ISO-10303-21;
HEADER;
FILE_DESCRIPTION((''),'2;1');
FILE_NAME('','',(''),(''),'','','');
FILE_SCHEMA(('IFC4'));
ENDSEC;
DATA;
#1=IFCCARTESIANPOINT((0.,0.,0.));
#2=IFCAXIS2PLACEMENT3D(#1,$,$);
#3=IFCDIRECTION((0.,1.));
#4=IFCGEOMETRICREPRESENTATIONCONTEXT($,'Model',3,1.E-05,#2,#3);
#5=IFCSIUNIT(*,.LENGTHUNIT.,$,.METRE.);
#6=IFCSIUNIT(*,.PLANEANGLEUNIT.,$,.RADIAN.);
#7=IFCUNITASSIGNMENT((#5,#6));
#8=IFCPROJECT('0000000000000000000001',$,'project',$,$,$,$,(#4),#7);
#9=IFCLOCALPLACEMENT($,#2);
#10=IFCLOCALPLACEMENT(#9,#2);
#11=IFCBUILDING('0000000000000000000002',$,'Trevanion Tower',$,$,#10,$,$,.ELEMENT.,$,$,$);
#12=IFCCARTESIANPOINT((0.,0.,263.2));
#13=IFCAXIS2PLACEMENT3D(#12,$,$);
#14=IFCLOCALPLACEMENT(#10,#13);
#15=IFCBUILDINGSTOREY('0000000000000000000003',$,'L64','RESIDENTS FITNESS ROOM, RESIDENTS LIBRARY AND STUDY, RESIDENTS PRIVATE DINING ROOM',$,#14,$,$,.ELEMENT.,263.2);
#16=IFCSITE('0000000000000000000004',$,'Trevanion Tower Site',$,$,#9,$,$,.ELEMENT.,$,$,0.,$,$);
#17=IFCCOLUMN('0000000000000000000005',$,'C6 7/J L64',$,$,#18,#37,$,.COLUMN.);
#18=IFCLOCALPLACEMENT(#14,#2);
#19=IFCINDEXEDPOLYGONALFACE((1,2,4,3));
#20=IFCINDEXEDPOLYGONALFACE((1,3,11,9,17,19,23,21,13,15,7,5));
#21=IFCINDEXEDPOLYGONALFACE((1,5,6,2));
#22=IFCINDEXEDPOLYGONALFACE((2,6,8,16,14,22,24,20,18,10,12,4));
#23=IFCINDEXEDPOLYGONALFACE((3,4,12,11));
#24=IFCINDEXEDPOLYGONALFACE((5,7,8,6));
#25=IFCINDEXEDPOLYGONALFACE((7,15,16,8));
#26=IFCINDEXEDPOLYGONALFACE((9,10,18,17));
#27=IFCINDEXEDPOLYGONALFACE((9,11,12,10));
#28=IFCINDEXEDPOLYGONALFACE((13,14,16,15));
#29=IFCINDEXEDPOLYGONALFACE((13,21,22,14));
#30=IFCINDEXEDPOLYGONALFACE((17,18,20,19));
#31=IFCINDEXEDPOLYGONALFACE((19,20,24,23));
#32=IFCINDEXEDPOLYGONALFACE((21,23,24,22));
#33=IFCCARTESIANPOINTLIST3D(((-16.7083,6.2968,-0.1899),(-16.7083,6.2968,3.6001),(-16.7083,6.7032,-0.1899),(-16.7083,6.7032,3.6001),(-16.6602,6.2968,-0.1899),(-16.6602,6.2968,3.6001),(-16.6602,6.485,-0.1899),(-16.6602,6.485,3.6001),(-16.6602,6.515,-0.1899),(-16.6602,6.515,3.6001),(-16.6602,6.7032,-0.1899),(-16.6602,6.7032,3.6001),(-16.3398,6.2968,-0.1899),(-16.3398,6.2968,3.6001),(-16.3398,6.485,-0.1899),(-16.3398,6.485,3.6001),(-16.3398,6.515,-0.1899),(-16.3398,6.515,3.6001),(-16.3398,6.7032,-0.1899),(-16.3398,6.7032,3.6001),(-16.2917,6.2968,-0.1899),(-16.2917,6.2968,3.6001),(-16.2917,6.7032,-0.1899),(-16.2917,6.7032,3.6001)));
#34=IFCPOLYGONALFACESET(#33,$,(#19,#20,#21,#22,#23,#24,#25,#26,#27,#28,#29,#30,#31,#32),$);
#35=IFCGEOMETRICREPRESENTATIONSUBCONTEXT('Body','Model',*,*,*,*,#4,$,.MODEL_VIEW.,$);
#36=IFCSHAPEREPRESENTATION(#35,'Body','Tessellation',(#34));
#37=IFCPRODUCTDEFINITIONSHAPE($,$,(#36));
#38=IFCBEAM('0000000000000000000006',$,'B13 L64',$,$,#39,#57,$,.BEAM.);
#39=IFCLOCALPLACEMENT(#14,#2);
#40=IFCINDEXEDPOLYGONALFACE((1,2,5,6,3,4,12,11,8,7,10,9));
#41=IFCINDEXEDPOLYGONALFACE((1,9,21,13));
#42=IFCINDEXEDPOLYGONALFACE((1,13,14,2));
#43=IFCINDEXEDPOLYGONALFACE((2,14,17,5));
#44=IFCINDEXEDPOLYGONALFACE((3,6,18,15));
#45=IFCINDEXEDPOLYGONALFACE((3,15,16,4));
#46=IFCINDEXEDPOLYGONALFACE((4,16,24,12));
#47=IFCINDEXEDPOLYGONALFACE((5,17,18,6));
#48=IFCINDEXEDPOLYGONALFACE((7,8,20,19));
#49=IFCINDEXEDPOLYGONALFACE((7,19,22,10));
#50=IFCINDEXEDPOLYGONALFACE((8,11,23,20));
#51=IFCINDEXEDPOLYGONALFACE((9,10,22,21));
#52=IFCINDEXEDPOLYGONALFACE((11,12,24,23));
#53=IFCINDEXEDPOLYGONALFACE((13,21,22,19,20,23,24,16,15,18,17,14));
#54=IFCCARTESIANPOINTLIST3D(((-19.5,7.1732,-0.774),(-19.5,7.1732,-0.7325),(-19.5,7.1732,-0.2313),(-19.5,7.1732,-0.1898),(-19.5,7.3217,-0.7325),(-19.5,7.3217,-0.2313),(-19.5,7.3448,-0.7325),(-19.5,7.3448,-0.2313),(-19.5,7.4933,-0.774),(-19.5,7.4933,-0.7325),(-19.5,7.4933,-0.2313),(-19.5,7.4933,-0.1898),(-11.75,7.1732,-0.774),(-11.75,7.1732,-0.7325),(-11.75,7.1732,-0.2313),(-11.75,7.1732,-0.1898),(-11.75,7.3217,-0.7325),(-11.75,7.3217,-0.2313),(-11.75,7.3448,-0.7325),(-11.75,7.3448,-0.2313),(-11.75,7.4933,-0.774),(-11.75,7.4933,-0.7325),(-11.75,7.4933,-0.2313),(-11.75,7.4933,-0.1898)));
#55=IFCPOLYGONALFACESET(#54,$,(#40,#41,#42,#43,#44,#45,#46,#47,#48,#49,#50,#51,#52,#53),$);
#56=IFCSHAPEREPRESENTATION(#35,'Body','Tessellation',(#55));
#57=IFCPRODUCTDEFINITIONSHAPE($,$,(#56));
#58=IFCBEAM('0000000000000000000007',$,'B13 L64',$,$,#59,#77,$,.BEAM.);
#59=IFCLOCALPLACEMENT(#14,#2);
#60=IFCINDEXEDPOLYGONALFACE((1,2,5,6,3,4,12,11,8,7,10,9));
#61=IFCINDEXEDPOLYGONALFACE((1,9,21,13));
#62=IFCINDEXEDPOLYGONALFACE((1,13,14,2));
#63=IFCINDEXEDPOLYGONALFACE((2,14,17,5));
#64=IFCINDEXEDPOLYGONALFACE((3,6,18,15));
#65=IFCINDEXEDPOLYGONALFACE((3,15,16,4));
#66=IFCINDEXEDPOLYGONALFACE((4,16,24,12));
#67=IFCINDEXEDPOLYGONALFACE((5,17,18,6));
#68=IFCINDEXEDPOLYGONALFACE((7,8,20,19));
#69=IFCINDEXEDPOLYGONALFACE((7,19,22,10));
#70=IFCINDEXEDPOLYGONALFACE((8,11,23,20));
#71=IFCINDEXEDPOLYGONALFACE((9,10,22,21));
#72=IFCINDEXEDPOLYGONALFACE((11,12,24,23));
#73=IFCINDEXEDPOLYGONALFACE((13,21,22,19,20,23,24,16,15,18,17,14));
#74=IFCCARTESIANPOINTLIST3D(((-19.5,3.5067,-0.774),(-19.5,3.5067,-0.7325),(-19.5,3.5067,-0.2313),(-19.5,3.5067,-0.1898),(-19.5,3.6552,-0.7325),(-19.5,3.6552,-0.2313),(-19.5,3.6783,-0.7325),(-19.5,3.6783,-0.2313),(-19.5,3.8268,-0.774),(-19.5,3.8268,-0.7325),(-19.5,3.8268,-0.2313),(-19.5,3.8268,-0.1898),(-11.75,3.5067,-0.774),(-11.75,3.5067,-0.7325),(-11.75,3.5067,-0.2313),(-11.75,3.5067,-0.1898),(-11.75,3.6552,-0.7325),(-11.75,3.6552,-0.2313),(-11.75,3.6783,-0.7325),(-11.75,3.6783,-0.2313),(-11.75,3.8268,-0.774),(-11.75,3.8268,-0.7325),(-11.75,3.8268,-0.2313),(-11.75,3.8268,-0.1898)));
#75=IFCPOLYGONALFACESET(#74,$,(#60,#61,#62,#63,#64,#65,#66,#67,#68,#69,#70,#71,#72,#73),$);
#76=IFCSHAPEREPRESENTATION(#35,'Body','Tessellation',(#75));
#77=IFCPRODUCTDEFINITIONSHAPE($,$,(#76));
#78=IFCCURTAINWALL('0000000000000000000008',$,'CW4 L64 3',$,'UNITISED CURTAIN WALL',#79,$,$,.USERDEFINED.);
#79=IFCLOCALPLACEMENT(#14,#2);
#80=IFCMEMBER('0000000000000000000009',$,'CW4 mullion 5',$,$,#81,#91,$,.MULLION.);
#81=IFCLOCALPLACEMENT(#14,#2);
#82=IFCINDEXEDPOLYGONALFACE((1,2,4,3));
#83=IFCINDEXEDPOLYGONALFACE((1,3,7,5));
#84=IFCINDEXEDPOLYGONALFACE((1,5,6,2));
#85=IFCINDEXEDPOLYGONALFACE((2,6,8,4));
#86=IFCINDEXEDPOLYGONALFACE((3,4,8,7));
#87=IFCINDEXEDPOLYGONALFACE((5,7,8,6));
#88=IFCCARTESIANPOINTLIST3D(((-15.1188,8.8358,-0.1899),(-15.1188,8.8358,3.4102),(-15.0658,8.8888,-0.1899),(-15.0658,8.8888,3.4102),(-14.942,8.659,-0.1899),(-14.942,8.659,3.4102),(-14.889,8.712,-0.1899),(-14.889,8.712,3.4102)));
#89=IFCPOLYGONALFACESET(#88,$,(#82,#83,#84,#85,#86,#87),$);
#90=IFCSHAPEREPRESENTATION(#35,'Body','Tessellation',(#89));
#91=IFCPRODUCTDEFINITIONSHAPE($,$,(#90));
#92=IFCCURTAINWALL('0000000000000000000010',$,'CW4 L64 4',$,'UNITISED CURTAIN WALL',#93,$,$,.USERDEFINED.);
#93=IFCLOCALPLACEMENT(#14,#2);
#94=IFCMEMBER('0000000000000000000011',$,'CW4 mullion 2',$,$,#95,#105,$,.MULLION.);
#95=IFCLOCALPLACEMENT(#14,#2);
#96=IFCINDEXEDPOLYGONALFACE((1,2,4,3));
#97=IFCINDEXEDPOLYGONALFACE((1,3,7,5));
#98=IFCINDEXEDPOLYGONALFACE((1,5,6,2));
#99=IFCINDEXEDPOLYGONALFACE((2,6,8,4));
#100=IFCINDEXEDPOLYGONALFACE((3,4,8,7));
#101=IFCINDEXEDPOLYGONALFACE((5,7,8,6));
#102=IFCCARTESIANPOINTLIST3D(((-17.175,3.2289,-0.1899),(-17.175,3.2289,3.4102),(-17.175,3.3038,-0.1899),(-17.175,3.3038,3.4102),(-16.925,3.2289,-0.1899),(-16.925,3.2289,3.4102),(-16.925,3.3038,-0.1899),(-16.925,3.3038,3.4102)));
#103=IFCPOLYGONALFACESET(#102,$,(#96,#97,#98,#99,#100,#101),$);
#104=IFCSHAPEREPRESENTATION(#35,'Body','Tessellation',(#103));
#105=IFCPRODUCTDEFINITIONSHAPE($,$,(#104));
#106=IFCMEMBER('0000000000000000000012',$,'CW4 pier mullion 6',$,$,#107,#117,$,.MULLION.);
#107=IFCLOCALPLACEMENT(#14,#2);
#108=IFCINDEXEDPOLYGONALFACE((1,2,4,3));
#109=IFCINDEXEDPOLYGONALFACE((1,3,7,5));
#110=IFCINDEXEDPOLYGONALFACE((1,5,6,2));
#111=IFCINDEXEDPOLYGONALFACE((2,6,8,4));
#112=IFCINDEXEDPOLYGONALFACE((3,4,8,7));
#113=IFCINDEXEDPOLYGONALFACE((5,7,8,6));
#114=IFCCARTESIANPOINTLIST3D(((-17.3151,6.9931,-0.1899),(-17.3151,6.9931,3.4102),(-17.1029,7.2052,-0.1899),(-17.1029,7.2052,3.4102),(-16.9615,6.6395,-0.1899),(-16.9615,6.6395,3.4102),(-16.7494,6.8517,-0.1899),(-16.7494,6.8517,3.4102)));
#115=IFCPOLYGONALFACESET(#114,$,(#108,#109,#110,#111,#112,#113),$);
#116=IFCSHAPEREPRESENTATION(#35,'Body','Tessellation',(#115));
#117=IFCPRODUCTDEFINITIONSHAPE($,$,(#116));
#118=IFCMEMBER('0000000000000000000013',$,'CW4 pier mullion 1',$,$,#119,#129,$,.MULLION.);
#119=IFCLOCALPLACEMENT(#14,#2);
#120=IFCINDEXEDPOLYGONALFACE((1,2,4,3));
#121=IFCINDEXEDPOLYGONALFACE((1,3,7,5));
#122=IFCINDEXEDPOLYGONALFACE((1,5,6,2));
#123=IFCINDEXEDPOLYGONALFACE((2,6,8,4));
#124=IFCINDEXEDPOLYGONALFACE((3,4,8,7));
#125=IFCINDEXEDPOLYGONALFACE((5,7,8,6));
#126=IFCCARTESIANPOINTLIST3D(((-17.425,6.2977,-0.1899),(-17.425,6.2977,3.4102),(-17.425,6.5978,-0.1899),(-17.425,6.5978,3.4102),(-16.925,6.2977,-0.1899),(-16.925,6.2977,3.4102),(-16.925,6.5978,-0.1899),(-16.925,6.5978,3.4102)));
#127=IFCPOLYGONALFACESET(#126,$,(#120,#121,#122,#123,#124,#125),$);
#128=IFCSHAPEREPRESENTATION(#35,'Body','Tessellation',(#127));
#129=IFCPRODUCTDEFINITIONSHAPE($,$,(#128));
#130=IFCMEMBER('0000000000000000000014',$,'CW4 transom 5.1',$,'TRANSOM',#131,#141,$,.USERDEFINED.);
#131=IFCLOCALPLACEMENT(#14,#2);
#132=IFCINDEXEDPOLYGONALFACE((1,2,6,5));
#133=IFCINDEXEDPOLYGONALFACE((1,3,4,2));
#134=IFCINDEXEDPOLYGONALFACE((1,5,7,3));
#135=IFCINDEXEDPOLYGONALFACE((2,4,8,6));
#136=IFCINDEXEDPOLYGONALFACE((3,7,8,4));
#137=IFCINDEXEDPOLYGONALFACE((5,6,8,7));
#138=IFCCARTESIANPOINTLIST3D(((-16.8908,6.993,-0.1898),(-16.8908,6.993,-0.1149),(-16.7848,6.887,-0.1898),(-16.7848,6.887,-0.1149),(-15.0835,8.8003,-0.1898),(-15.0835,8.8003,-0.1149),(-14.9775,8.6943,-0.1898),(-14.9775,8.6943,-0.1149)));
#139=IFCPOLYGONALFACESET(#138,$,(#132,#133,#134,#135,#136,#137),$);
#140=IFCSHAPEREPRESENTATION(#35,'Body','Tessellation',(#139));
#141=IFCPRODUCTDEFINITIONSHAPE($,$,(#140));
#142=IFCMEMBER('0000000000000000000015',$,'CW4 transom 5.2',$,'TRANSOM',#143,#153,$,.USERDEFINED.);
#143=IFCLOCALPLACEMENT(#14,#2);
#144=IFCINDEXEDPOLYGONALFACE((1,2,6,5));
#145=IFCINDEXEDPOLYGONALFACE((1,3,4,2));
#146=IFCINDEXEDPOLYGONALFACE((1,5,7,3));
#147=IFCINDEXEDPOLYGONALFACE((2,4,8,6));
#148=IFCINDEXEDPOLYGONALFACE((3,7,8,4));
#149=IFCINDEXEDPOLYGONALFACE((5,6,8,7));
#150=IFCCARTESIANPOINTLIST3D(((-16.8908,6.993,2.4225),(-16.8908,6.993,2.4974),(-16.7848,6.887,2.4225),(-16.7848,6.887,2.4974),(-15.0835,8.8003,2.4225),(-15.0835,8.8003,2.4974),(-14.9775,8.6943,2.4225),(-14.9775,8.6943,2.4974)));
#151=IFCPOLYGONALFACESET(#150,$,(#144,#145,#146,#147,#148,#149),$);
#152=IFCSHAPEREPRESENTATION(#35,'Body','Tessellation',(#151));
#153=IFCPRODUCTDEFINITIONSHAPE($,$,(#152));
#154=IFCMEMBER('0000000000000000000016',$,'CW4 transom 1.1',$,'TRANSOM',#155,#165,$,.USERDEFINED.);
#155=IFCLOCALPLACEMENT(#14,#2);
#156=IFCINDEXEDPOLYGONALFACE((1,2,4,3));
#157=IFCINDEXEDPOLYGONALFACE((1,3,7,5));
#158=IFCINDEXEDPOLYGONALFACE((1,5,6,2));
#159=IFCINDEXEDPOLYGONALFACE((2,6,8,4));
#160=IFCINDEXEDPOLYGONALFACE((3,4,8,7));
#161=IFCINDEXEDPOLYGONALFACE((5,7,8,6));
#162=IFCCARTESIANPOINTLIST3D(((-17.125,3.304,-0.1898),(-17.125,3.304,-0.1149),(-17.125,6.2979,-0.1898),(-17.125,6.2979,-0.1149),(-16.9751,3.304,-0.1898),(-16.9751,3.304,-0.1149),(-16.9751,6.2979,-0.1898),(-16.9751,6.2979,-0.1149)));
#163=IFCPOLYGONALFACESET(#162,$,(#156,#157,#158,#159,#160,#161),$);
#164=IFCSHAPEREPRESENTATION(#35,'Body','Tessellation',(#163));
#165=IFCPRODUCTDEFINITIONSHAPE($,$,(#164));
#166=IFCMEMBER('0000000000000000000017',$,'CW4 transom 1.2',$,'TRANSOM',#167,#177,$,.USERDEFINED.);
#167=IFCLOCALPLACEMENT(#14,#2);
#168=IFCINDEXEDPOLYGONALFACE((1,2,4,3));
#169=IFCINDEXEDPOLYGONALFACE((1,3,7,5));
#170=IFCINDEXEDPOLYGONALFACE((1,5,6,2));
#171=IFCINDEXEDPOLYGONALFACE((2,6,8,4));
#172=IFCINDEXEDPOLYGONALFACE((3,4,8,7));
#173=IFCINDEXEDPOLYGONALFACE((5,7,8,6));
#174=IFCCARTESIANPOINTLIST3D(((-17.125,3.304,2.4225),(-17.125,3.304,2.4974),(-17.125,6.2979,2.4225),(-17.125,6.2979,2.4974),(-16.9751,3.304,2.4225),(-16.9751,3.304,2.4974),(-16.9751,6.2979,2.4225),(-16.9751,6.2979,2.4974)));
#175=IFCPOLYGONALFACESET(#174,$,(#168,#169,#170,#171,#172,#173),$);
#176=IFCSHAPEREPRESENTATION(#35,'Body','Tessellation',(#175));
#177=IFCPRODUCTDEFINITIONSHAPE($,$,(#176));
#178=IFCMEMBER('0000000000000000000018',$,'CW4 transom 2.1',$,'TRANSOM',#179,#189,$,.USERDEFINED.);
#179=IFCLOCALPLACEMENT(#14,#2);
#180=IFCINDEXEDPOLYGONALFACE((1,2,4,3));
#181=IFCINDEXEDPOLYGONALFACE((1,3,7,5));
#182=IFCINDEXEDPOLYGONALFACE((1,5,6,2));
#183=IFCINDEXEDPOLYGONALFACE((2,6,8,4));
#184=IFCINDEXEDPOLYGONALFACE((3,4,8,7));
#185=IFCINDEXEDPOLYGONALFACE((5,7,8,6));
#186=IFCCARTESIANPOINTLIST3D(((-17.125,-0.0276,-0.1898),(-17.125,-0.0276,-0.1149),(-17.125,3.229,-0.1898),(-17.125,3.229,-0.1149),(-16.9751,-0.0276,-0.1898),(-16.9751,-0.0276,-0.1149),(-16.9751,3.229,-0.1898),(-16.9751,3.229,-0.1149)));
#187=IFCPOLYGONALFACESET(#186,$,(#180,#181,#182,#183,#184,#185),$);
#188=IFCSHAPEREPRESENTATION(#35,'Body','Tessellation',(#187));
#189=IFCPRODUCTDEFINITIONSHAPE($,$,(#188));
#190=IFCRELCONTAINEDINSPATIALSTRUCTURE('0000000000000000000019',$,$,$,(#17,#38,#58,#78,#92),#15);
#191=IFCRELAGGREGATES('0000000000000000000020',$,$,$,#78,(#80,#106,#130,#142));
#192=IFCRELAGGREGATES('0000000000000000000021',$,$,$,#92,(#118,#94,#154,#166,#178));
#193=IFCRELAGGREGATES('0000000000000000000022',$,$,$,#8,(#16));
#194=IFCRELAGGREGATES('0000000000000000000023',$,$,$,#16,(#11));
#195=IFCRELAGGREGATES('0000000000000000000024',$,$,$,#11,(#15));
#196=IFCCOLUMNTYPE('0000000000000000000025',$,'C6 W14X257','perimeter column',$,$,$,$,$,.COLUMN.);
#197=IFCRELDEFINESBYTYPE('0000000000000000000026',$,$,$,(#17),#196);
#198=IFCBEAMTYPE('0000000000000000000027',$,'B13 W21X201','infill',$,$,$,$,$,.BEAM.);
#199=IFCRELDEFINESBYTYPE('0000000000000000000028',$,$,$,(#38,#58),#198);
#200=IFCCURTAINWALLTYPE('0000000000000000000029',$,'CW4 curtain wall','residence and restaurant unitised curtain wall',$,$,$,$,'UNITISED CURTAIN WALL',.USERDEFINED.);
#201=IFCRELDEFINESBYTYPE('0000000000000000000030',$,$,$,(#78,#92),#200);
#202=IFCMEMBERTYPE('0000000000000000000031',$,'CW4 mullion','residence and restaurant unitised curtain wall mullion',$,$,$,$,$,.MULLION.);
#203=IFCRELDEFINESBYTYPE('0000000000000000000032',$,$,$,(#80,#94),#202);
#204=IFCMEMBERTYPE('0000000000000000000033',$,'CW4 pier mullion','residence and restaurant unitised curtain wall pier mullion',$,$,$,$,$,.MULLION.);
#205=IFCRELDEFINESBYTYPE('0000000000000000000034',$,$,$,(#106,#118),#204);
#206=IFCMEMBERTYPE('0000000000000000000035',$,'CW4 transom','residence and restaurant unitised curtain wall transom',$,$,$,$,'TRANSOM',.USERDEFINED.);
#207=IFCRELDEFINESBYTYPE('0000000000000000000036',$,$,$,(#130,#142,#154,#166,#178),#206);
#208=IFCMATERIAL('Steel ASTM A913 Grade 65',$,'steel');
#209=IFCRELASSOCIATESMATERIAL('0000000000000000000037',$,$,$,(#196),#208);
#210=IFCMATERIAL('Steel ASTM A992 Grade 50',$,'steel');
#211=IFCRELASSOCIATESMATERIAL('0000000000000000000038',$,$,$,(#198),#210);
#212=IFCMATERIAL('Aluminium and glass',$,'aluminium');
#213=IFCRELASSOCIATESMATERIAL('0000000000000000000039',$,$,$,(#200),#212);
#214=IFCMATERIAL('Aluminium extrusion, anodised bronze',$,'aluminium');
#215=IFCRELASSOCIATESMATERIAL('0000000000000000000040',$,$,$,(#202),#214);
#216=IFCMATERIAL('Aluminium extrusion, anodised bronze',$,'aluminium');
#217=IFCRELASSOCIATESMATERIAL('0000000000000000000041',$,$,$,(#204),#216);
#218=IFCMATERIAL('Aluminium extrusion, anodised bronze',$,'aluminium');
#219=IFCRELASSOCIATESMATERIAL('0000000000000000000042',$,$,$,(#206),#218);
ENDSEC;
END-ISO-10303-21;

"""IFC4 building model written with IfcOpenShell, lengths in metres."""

from ifc_helpers import new_model, si_unit, direction, frame, origin, origin_2d, place, context, subcontext, project, spatial, rectangle, i_section, extrude, material, material_profile, profile_set, type_object, element, aggregate, save


model = new_model("IFC4")

# Units and contexts
model_context = context("Model", 3, precision=1e-05, world=origin(), true_north=direction((0.0, 1.0)))
body_context = subcontext(model_context, "Body", "Model", "MODEL_VIEW")
ifc_project = project(units=[si_unit("LENGTHUNIT", "METRE"), si_unit("PLANEANGLEUNIT", "RADIAN")], contexts=[model_context])

# Site, building, storey
site_placement = place(None, origin())
site = spatial("IfcSite", under=ifc_project, at=site_placement, Name="Trevanion Tower Site", CompositionType="ELEMENT", RefElevation=0.0)
building_placement = place(site_placement, origin())
building = spatial("IfcBuilding", under=site, at=building_placement, Name="Trevanion Tower", CompositionType="ELEMENT")
storey_placement = place(building_placement, frame((0.0, 0.0, 263.2)))
storey = spatial("IfcBuildingStorey", under=building, at=storey_placement, Name="L64", Description="RESIDENTS FITNESS ROOM, RESIDENTS LIBRARY AND STUDY, RESIDENTS PRIVATE DINING ROOM", CompositionType="ELEMENT", Elevation=263.2)

# Column
ifc_material_1 = material(Name="Steel ASTM A913 Grade 65", Category="steel")
ifc_material_profile_1 = material_profile(ifc_material_1, i_section(OverallWidth=0.4065, OverallDepth=0.4165, WebThickness=0.03, FlangeThickness=0.0481, at=origin_2d()), Name="W14X257")
ifc_profile_set_1 = profile_set([ifc_material_profile_1], Name="Steel ASTM A913 Grade 65")
column_type = type_object("IfcColumnType", Name="C6 W14X257", Description="perimeter column", PredefinedType="COLUMN", material=ifc_profile_set_1)
column_placement = place(storey_placement, frame((-16.5, 6.5, -0.1899), z_axis=(0.0, 0.0, 1.0), x_axis=(0.0, 1.0, 0.0)))
element("IfcColumn", 1, at=column_placement, inside=storey, type_object=column_type, Name="C6 7/J L64", PredefinedType="COLUMN", context=body_context, shape_type="SweptSolid", body=[
    extrude(i_section(OverallWidth=0.4065, OverallDepth=0.4165, WebThickness=0.03, FlangeThickness=0.0481, at=origin_2d()), origin(), (0.0, 0.0, 1.0), 3.79),
])

# Beams
ifc_material_2 = material(Name="Steel ASTM A992 Grade 50", Category="steel")
ifc_material_profile_2 = material_profile(ifc_material_2, i_section(OverallWidth=0.3201, OverallDepth=0.5842, WebThickness=0.0232, FlangeThickness=0.0415, at=origin_2d()), Name="W21X201")
ifc_profile_set_2 = profile_set([ifc_material_profile_2], Name="Steel ASTM A992 Grade 50")
beam_type = type_object("IfcBeamType", Name="B13 W21X201", Description="infill", PredefinedType="BEAM", material=ifc_profile_set_2)
for number, where, z_axis, x_axis, name in (
    (2, (-11.75, 7.3333, -0.4819), (-1.0, 0.0, 0.0), (0.0, -1.0, 0.0), "B13 L64"),
    (3, (-11.75, 3.6667, -0.4819), (-1.0, 0.0, 0.0), (0.0, -1.0, 0.0), "B13 L64"),
):
    element("IfcBeam", number, at=place(storey_placement, frame(where, z_axis=z_axis, x_axis=x_axis)), inside=storey, type_object=beam_type, Name=name, PredefinedType="BEAM", context=body_context, shape_type="SweptSolid", body=[
        extrude(i_section(OverallWidth=0.3201, OverallDepth=0.5842, WebThickness=0.0232, FlangeThickness=0.0415, at=origin_2d()), origin(), (0.0, 0.0, 1.0), 7.75),
    ])

# Curtain walls, members
ifc_material_3 = material(Name="Aluminium and glass", Category="aluminium")
curtain_wall_type = type_object("IfcCurtainWallType", Name="CW4 curtain wall", Description="residence and restaurant unitised curtain wall", ElementType="UNITISED CURTAIN WALL", PredefinedType="USERDEFINED", material=ifc_material_3)
curtain_wall_1_placement = place(storey_placement, origin())
curtain_wall_1 = element("IfcCurtainWall", 4, at=curtain_wall_1_placement, inside=storey, type_object=curtain_wall_type, Name="CW4 L64 3", ObjectType="UNITISED CURTAIN WALL", PredefinedType="USERDEFINED")
ifc_material_4 = material(Name="Aluminium extrusion, anodised bronze", Category="aluminium")
ifc_material_profile_3 = material_profile(ifc_material_4, rectangle(XDim=0.075, YDim=0.25, at=origin_2d()), Name="CW4 mullion")
ifc_profile_set_3 = profile_set([ifc_material_profile_3], Name="Aluminium extrusion, anodised bronze")
member_type_1 = type_object("IfcMemberType", Name="CW4 mullion", Description="residence and restaurant unitised curtain wall mullion", PredefinedType="MULLION", material=ifc_profile_set_3)
member_1_placement = place(storey_placement, frame((-15.0039, 8.7739, -0.1899), z_axis=(0.0, 0.0, 1.0), x_axis=(-0.707107, -0.707107, 0.0)))
member_1 = element("IfcMember", 5, at=member_1_placement, type_object=member_type_1, Name="CW4 mullion 5", PredefinedType="MULLION", context=body_context, shape_type="SweptSolid", body=[
    extrude(rectangle(XDim=0.075, YDim=0.25, at=origin_2d()), origin(), (0.0, 0.0, 1.0), 3.6001),
])
curtain_wall_2_placement = place(storey_placement, origin())
curtain_wall_2 = element("IfcCurtainWall", 6, at=curtain_wall_2_placement, inside=storey, type_object=curtain_wall_type, Name="CW4 L64 4", ObjectType="UNITISED CURTAIN WALL", PredefinedType="USERDEFINED")
member_2_placement = place(storey_placement, frame((-17.05, 3.2664, -0.1899), z_axis=(0.0, 0.0, 1.0), x_axis=(0.0, -1.0, 0.0)))
member_2 = element("IfcMember", 7, at=member_2_placement, type_object=member_type_1, Name="CW4 mullion 2", PredefinedType="MULLION", context=body_context, shape_type="SweptSolid", body=[
    extrude(rectangle(XDim=0.075, YDim=0.25, at=origin_2d()), origin(), (0.0, 0.0, 1.0), 3.6001),
])

# Members
ifc_material_5 = material(Name="Aluminium extrusion, anodised bronze", Category="aluminium")
ifc_material_profile_4 = material_profile(ifc_material_5, rectangle(XDim=0.3, YDim=0.5, at=origin_2d()), Name="CW4 pier mullion")
ifc_profile_set_4 = profile_set([ifc_material_profile_4], Name="Aluminium extrusion, anodised bronze")
member_type_2 = type_object("IfcMemberType", Name="CW4 pier mullion", Description="residence and restaurant unitised curtain wall pier mullion", PredefinedType="MULLION", material=ifc_profile_set_4)
member_3_placement = place(storey_placement, frame((-17.0322, 6.9224, -0.1899), z_axis=(0.0, 0.0, 1.0), x_axis=(-0.707107, -0.707107, 0.0)))
member_3 = element("IfcMember", 8, at=member_3_placement, type_object=member_type_2, Name="CW4 pier mullion 6", PredefinedType="MULLION", context=body_context, shape_type="SweptSolid", body=[
    extrude(rectangle(XDim=0.3, YDim=0.5, at=origin_2d()), origin(), (0.0, 0.0, 1.0), 3.6001),
])
member_4_placement = place(storey_placement, frame((-17.175, 6.4478, -0.1899), z_axis=(0.0, 0.0, 1.0), x_axis=(0.0, -1.0, 0.0)))
member_4 = element("IfcMember", 9, at=member_4_placement, type_object=member_type_2, Name="CW4 pier mullion 1", PredefinedType="MULLION", context=body_context, shape_type="SweptSolid", body=[
    extrude(rectangle(XDim=0.3, YDim=0.5, at=origin_2d()), origin(), (0.0, 0.0, 1.0), 3.6001),
])
ifc_material_6 = material(Name="Aluminium extrusion, anodised bronze", Category="aluminium")
ifc_material_profile_5 = material_profile(ifc_material_6, rectangle(XDim=0.1499, YDim=0.075, at=origin_2d()), Name="CW4 transom")
ifc_profile_set_5 = profile_set([ifc_material_profile_5], Name="Aluminium extrusion, anodised bronze")
member_type_3 = type_object("IfcMemberType", Name="CW4 transom", Description="residence and restaurant unitised curtain wall transom", ElementType="TRANSOM", PredefinedType="USERDEFINED", material=ifc_profile_set_5)
member_5_placement = place(storey_placement, frame((-15.0305, 8.7473, -0.1523), z_axis=(-0.707107, -0.707107, 0.0), x_axis=(0.707107, -0.707107, 0.0)))
member_5 = element("IfcMember", 10, at=member_5_placement, type_object=member_type_3, Name="CW4 transom 5.1", ObjectType="TRANSOM", PredefinedType="USERDEFINED", context=body_context, shape_type="SweptSolid", body=[
    extrude(rectangle(XDim=0.1499, YDim=0.075, at=origin_2d()), origin(), (0.0, 0.0, 1.0), 2.5559),
])
member_6_placement = place(storey_placement, frame((-15.0305, 8.7473, 2.46), z_axis=(-0.707107, -0.707107, 0.0), x_axis=(0.707107, -0.707107, 0.0)))
member_6 = element("IfcMember", 11, at=member_6_placement, type_object=member_type_3, Name="CW4 transom 5.2", ObjectType="TRANSOM", PredefinedType="USERDEFINED", context=body_context, shape_type="SweptSolid", body=[
    extrude(rectangle(XDim=0.1499, YDim=0.075, at=origin_2d()), origin(), (0.0, 0.0, 1.0), 2.5559),
])
member_7_placement = place(storey_placement, frame((-17.05, 6.2979, -0.1523), z_axis=(0.0, -1.0, 0.0), x_axis=(1.0, 0.0, 0.0)))
member_7 = element("IfcMember", 12, at=member_7_placement, type_object=member_type_3, Name="CW4 transom 1.1", ObjectType="TRANSOM", PredefinedType="USERDEFINED", context=body_context, shape_type="SweptSolid", body=[
    extrude(rectangle(XDim=0.1499, YDim=0.075, at=origin_2d()), origin(), (0.0, 0.0, 1.0), 2.9939),
])
member_8_placement = place(storey_placement, frame((-17.05, 6.2979, 2.46), z_axis=(0.0, -1.0, 0.0), x_axis=(1.0, 0.0, 0.0)))
member_8 = element("IfcMember", 13, at=member_8_placement, type_object=member_type_3, Name="CW4 transom 1.2", ObjectType="TRANSOM", PredefinedType="USERDEFINED", context=body_context, shape_type="SweptSolid", body=[
    extrude(rectangle(XDim=0.1499, YDim=0.075, at=origin_2d()), origin(), (0.0, 0.0, 1.0), 2.9939),
])
member_9_placement = place(storey_placement, frame((-17.05, 3.229, -0.1523), z_axis=(0.0, -1.0, 0.0), x_axis=(1.0, 0.0, 0.0)))
member_9 = element("IfcMember", 14, at=member_9_placement, type_object=member_type_3, Name="CW4 transom 2.1", ObjectType="TRANSOM", PredefinedType="USERDEFINED", context=body_context, shape_type="SweptSolid", body=[
    extrude(rectangle(XDim=0.1499, YDim=0.075, at=origin_2d()), origin(), (0.0, 0.0, 1.0), 3.2566),
])

aggregate(curtain_wall_1, [member_1, member_3, member_5, member_6])
aggregate(curtain_wall_2, [member_4, member_2, member_7, member_8, member_9])

save(model, "model.ifc")
